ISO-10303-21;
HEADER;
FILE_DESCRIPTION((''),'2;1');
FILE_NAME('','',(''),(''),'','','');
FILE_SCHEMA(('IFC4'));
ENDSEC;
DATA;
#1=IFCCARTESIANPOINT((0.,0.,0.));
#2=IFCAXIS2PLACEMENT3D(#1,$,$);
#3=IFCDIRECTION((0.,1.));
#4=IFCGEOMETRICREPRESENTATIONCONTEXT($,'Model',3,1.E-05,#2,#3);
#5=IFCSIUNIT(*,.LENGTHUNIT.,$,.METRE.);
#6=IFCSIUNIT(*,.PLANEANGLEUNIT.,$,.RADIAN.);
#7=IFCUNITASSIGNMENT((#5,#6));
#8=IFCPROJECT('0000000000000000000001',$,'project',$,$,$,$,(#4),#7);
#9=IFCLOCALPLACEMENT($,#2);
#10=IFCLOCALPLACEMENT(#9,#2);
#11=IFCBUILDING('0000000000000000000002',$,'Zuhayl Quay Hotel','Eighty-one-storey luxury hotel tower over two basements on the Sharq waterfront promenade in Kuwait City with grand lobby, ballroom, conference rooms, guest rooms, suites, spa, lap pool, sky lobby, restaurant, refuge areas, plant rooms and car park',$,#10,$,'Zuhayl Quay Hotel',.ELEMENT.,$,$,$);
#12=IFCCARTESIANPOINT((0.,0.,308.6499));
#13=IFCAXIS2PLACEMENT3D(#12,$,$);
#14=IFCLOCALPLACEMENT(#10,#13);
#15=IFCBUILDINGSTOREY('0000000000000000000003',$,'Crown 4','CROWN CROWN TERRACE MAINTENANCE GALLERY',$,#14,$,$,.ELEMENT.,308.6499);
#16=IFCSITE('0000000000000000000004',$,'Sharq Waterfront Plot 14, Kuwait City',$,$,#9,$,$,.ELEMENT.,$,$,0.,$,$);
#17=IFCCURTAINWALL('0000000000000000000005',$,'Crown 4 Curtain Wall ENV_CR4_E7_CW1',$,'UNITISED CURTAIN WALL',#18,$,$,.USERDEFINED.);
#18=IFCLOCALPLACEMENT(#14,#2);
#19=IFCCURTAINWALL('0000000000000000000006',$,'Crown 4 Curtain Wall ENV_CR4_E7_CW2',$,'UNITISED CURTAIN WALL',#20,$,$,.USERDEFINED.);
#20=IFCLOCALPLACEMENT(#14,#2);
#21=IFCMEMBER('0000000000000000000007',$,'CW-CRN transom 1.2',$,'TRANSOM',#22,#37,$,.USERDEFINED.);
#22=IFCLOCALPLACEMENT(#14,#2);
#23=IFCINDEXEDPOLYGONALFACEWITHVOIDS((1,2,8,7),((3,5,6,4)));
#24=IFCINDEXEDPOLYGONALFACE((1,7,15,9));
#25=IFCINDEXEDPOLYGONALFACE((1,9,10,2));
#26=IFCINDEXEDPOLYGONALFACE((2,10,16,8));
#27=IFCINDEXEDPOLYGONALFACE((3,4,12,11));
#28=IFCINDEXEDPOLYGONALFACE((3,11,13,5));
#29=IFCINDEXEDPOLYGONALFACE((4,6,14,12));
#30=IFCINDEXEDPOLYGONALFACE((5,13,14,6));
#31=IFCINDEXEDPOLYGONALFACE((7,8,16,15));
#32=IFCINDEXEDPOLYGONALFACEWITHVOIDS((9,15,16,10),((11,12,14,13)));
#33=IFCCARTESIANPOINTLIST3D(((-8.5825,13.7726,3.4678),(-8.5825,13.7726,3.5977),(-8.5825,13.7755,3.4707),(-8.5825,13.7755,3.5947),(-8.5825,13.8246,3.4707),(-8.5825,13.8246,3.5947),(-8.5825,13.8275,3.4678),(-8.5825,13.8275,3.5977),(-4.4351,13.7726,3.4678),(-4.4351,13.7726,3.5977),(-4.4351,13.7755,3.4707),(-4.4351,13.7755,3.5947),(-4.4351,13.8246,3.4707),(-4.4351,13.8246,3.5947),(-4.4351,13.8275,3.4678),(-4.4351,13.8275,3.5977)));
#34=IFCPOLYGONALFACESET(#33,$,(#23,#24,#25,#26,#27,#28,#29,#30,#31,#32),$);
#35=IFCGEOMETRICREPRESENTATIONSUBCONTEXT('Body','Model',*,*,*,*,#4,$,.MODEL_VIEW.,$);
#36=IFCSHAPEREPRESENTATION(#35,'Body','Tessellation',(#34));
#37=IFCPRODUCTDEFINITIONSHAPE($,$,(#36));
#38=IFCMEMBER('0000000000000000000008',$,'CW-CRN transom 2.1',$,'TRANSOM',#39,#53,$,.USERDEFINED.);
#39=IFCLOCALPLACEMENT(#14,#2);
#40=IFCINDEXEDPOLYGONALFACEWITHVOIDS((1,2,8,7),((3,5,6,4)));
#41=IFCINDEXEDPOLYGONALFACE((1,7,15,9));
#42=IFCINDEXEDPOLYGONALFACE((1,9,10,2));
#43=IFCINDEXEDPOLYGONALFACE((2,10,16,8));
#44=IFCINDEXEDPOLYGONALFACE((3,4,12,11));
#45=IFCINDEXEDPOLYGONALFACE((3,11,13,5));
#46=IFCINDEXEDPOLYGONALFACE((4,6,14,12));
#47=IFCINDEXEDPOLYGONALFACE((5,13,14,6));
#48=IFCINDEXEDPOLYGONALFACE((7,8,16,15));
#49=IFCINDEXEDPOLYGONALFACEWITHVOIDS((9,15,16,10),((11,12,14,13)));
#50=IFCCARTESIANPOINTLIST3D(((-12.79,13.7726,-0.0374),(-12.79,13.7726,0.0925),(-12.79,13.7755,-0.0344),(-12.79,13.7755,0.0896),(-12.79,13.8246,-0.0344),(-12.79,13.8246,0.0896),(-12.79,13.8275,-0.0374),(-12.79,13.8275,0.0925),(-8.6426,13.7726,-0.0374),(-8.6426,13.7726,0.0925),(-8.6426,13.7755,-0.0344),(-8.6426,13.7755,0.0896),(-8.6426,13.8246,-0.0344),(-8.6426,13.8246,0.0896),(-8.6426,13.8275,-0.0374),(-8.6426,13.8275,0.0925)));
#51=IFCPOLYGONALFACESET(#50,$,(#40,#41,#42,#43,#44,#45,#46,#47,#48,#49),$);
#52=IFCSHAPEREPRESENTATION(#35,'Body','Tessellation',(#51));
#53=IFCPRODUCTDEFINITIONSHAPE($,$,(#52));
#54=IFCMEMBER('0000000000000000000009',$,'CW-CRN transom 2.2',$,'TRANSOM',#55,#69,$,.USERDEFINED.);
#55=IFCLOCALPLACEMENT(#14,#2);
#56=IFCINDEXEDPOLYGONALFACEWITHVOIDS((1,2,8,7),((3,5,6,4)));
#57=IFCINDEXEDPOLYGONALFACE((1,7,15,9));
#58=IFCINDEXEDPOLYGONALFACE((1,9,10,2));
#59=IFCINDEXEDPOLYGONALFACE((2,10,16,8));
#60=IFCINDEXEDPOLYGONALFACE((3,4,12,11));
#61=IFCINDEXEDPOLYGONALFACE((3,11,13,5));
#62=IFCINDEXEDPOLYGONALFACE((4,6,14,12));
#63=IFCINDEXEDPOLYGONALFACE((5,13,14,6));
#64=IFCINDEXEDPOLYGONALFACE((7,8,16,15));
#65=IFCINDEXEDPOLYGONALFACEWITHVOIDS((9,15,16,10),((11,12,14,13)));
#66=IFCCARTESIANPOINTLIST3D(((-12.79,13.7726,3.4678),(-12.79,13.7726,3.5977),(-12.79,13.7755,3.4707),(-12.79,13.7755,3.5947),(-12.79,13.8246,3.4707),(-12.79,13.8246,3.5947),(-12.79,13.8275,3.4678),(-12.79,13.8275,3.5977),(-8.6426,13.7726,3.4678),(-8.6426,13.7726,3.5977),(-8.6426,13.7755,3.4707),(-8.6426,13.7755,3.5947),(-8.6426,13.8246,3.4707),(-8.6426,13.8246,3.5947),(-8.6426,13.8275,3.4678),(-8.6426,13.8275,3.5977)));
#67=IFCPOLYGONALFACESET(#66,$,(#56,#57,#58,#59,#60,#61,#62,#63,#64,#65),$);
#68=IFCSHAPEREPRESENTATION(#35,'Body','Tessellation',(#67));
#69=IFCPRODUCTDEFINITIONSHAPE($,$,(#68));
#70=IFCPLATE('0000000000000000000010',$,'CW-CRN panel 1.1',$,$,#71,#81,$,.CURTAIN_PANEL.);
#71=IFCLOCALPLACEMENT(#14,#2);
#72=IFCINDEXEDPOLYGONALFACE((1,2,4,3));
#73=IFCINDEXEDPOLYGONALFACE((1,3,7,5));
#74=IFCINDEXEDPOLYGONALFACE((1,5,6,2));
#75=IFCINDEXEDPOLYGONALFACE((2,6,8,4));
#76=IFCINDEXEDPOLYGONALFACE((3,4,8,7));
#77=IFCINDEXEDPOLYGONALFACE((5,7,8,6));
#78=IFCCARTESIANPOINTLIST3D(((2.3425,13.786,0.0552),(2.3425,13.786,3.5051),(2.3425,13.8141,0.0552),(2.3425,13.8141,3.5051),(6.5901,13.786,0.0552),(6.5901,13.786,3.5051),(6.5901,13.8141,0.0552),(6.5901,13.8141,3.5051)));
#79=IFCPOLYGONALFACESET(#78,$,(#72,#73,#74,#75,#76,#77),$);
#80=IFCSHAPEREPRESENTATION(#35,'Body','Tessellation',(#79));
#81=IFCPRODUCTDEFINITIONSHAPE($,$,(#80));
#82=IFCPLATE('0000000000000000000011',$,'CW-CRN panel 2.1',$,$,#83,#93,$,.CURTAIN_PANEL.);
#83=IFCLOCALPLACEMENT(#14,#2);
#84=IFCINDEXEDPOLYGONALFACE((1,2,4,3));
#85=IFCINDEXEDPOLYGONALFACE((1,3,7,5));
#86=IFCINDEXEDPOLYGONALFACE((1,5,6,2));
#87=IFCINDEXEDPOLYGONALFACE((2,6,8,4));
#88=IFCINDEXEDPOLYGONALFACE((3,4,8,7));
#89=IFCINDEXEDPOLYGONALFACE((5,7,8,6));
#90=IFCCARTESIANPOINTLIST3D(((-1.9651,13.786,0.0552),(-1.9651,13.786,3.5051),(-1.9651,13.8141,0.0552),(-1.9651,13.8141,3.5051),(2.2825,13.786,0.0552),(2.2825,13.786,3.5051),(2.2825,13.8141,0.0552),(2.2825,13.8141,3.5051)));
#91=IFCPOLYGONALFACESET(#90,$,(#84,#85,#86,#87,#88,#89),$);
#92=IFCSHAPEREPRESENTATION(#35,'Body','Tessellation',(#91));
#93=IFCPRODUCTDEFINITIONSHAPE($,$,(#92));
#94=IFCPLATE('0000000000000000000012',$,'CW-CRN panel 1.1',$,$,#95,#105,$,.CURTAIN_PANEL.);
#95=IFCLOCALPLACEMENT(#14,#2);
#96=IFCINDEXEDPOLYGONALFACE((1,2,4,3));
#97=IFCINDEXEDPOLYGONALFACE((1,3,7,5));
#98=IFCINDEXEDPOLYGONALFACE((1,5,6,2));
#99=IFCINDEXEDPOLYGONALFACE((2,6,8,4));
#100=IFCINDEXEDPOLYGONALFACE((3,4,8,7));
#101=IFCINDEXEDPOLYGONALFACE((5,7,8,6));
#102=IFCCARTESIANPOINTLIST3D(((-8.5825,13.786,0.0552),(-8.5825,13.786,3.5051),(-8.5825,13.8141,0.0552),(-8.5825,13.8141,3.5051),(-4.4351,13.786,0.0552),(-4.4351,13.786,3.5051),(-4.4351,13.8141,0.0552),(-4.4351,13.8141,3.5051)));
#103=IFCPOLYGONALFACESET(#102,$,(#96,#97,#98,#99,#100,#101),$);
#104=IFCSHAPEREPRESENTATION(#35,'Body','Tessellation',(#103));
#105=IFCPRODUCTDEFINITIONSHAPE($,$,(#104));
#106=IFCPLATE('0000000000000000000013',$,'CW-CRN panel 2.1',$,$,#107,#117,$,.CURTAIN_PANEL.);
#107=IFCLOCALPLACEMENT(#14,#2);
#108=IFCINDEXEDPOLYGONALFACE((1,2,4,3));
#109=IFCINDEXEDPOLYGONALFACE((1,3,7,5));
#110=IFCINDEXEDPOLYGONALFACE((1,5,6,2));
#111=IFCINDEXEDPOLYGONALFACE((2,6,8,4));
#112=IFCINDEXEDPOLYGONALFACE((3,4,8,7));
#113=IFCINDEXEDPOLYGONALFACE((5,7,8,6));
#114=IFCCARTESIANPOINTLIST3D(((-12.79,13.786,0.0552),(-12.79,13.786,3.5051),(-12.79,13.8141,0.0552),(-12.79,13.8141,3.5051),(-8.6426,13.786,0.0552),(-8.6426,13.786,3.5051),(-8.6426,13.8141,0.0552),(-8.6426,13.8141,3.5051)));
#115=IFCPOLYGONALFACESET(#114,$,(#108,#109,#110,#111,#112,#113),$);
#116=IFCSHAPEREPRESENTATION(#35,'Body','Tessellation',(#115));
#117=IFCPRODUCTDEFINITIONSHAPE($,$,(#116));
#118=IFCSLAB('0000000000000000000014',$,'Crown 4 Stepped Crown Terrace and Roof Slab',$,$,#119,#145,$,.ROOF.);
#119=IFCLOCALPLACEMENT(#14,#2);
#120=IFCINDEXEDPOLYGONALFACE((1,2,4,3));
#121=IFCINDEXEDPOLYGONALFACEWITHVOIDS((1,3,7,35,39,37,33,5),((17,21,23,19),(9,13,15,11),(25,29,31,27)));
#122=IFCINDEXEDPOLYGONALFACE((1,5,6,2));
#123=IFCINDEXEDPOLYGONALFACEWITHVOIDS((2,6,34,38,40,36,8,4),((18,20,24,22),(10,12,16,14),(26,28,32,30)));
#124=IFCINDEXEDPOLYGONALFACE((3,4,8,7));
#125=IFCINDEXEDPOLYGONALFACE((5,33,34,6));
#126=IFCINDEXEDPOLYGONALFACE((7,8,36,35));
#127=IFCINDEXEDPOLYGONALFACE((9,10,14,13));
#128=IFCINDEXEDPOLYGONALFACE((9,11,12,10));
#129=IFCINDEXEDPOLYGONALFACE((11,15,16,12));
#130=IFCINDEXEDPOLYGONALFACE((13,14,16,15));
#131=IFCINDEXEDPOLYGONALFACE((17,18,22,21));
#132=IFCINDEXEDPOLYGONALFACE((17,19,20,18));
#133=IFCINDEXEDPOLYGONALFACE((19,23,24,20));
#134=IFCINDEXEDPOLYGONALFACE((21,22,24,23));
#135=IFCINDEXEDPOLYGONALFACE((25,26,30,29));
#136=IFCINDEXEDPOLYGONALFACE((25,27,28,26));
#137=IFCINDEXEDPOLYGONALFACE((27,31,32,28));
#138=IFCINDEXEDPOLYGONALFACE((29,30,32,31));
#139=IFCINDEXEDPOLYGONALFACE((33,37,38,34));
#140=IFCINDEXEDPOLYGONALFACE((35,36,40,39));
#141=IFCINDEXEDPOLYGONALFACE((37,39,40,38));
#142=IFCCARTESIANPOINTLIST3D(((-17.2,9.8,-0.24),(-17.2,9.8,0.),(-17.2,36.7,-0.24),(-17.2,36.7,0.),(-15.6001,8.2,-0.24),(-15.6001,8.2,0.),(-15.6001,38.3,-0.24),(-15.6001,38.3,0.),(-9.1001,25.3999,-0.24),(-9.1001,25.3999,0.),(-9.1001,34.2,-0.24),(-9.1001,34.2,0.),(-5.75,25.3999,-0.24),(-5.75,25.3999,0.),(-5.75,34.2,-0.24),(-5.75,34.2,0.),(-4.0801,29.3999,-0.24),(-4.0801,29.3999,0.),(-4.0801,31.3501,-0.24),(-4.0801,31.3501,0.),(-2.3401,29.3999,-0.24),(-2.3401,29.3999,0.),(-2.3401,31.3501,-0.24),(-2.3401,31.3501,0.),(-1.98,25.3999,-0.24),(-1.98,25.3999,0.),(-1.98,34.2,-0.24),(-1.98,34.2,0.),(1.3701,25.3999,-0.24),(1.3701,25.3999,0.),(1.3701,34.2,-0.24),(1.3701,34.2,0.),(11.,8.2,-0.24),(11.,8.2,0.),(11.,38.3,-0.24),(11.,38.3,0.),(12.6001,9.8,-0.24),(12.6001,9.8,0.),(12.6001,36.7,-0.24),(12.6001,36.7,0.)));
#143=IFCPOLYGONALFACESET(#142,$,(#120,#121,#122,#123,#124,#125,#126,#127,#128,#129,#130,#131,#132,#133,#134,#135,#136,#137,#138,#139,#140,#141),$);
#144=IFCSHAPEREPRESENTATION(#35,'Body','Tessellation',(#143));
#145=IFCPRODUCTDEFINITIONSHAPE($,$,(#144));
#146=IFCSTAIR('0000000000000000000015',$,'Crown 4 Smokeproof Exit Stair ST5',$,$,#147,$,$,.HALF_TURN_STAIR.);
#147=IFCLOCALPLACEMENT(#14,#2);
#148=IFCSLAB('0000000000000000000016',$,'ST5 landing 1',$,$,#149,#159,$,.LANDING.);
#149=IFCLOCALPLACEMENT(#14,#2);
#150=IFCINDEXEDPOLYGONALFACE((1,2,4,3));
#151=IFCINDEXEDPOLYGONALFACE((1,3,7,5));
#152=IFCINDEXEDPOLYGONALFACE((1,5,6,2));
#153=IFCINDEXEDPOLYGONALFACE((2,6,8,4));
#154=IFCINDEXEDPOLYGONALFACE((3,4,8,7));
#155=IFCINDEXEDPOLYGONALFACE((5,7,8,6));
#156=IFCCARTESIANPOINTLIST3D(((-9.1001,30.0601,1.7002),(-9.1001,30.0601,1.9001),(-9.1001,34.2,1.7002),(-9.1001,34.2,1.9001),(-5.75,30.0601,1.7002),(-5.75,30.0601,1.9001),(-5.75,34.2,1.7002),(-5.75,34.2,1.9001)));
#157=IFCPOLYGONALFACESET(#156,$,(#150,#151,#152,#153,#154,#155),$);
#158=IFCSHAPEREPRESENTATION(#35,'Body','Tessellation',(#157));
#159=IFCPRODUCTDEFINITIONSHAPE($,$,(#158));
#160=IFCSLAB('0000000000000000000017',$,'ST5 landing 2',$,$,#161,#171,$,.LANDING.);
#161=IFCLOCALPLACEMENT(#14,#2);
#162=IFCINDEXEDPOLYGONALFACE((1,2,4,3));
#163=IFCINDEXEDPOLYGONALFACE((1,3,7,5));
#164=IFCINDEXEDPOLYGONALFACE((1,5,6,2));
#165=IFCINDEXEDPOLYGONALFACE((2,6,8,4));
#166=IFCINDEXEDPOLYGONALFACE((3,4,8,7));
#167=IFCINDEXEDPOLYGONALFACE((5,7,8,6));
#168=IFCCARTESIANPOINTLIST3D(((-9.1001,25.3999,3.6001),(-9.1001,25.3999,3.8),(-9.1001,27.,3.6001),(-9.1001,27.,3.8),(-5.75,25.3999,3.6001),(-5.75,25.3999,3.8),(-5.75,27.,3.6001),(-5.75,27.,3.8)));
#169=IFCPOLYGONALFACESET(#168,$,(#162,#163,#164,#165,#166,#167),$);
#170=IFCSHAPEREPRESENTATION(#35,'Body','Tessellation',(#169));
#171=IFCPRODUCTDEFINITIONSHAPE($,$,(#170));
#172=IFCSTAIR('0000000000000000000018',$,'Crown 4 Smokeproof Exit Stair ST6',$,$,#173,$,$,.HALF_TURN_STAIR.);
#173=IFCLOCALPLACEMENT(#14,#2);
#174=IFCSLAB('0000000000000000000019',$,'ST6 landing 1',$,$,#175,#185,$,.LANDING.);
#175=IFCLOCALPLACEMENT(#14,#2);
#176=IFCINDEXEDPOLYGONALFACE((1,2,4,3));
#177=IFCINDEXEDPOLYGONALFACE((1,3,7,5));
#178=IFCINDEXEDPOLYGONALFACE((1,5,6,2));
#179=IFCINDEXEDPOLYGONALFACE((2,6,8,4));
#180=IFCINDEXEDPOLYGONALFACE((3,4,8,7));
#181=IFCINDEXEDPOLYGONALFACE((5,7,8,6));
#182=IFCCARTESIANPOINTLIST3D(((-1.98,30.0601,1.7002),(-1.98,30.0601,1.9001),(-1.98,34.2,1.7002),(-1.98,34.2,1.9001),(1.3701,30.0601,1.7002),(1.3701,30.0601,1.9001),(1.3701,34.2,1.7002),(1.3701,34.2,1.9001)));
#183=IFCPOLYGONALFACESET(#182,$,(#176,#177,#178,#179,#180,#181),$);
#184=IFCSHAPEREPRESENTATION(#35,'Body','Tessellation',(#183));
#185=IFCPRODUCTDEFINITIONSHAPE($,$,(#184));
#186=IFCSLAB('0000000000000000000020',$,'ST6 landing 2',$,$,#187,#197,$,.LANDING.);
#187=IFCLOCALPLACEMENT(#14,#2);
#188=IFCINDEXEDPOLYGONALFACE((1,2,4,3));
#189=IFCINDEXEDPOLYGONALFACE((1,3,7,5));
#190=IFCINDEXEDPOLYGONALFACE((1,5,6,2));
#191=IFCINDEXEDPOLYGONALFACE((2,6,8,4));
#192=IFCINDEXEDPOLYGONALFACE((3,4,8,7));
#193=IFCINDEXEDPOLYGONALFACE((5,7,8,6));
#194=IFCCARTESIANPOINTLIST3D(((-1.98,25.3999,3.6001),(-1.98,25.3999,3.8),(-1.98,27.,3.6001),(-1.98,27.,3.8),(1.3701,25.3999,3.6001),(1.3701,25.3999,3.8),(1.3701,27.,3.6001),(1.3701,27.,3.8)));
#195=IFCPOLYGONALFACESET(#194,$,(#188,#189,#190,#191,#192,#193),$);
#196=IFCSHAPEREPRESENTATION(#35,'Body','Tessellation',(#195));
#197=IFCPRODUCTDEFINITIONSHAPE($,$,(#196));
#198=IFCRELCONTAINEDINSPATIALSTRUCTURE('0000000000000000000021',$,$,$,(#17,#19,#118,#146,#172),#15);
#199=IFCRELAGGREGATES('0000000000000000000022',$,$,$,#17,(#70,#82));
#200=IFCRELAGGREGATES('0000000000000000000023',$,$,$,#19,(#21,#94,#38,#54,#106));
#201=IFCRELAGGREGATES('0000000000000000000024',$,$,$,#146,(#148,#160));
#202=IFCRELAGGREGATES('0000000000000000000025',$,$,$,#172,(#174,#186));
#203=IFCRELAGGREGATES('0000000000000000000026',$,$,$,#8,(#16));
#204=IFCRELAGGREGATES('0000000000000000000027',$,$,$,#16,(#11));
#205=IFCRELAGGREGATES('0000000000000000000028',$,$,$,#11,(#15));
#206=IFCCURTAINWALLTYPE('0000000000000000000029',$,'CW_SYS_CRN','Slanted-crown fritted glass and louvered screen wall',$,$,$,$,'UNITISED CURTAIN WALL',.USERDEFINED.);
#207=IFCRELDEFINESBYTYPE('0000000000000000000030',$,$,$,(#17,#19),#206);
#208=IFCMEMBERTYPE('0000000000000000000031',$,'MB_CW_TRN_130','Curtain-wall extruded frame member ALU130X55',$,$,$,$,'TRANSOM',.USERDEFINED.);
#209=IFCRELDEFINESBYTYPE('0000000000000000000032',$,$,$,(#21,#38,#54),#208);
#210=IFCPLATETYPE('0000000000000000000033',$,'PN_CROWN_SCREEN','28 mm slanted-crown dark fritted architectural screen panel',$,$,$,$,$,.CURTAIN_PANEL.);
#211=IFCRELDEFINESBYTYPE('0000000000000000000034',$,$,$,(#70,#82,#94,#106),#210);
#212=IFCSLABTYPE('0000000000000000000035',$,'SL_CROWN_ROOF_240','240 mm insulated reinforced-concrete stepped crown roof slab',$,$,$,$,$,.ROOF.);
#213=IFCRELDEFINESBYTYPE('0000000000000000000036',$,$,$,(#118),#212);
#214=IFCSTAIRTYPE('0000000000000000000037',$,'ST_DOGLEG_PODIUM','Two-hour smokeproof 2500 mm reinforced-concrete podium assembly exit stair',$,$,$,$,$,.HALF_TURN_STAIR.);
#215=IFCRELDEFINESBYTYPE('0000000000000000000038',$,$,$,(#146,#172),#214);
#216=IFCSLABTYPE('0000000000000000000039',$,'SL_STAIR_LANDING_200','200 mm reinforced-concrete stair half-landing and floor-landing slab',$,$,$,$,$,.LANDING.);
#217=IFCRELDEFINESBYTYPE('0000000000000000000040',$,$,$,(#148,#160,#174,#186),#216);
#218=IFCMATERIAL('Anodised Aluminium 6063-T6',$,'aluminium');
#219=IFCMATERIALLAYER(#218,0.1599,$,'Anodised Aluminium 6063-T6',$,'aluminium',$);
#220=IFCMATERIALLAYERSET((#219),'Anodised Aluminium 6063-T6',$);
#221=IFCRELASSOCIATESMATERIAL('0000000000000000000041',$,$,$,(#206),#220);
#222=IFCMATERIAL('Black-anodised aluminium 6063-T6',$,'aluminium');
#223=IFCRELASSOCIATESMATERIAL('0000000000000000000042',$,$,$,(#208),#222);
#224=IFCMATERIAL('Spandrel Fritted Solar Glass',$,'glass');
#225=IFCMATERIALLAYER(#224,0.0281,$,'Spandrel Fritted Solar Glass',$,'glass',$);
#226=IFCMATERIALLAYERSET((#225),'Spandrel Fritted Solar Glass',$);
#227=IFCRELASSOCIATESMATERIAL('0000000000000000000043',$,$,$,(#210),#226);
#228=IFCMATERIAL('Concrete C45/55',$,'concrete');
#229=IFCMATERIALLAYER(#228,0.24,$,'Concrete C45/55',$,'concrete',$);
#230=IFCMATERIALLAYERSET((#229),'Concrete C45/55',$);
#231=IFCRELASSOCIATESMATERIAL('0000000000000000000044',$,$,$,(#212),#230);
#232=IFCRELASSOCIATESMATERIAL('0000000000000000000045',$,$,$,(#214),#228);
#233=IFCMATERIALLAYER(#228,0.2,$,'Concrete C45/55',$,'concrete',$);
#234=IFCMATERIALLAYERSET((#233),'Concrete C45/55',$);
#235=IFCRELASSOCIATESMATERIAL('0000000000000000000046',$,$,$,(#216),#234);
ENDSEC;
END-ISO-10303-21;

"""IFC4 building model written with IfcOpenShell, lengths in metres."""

from ifc_helpers import new_model, si_unit, direction, frame, origin, origin_2d, place, context, subcontext, project, spatial, polyline, rectangle, hollow_rectangle, outline, extrude, material, layer, layer_set, material_profile, profile_set, type_object, element, aggregate, save


model = new_model("IFC4")

# Units and contexts
model_context = context("Model", 3, precision=1e-05, world=origin(), true_north=direction((0.0, 1.0)))
body_context = subcontext(model_context, "Body", "Model", "MODEL_VIEW")
ifc_project = project(units=[si_unit("LENGTHUNIT", "METRE"), si_unit("PLANEANGLEUNIT", "RADIAN")], contexts=[model_context])

# Site, building, storey
site_placement = place(None, origin())
site = spatial("IfcSite", under=ifc_project, at=site_placement, Name="Sharq Waterfront Plot 14, Kuwait City", CompositionType="ELEMENT", RefElevation=0.0)
building_placement = place(site_placement, origin())
building = spatial("IfcBuilding", under=site, at=building_placement, Name="Zuhayl Quay Hotel", Description="Eighty-one-storey luxury hotel tower over two basements on the Sharq waterfront promenade in Kuwait City with grand lobby, ballroom, conference rooms, guest rooms, suites, spa, lap pool, sky lobby, restaurant, refuge areas, plant rooms and car park", LongName="Zuhayl Quay Hotel", CompositionType="ELEMENT")
storey_placement = place(building_placement, frame((0.0, 0.0, 308.6499)))
storey = spatial("IfcBuildingStorey", under=building, at=storey_placement, Name="Crown 4", Description="CROWN CROWN TERRACE MAINTENANCE GALLERY", CompositionType="ELEMENT", Elevation=308.6499)

# Curtain walls
ifc_material_1 = material(Name="Anodised Aluminium 6063-T6", Category="aluminium")
ifc_layer_1 = layer(ifc_material_1, 0.1599, Name="Anodised Aluminium 6063-T6", Category="aluminium")
ifc_layer_set_1 = layer_set([ifc_layer_1], Name="Anodised Aluminium 6063-T6")
curtain_wall_type = type_object("IfcCurtainWallType", Name="CW_SYS_CRN", Description="Slanted-crown fritted glass and louvered screen wall", ElementType="UNITISED CURTAIN WALL", PredefinedType="USERDEFINED", material=ifc_layer_set_1)
curtain_wall_1_placement = place(storey_placement, origin())
curtain_wall_1 = element("IfcCurtainWall", 1, at=curtain_wall_1_placement, inside=storey, type_object=curtain_wall_type, Name="Crown 4 Curtain Wall ENV_CR4_E7_CW1", ObjectType="UNITISED CURTAIN WALL", PredefinedType="USERDEFINED")
ifc_material_2 = material(Name="Black-anodised aluminium 6063-T6", Category="aluminium")
curtain_wall_2_placement = place(storey_placement, origin())
curtain_wall_2 = element("IfcCurtainWall", 2, at=curtain_wall_2_placement, inside=storey, type_object=curtain_wall_type, Name="Crown 4 Curtain Wall ENV_CR4_E7_CW2", ObjectType="UNITISED CURTAIN WALL", PredefinedType="USERDEFINED")

# Members
ifc_material_profile_1 = material_profile(ifc_material_2, hollow_rectangle(XDim=0.0549, YDim=0.1299, WallThickness=0.0029, at=origin_2d()), Name="ALU130X55")
ifc_profile_set_1 = profile_set([ifc_material_profile_1], Name="Black-anodised aluminium 6063-T6")
member_type_1 = type_object("IfcMemberType", Name="MB_CW_TRN_130", Description="Curtain-wall extruded frame member ALU130X55", ElementType="TRANSOM", PredefinedType="USERDEFINED", material=ifc_profile_set_1)
member_1_placement = place(storey_placement, frame((-4.4351, 13.8, 3.5327), z_axis=(-1.0, 0.0, 0.0), x_axis=(0.0, -1.0, 0.0)))
member_1 = element("IfcMember", 3, at=member_1_placement, type_object=member_type_1, Name="CW-CRN transom 1.2", ObjectType="TRANSOM", PredefinedType="USERDEFINED", context=body_context, shape_type="SweptSolid", body=[
    extrude(hollow_rectangle(XDim=0.0549, YDim=0.1299, WallThickness=0.0029, at=origin_2d()), origin(), (0.0, 0.0, 1.0), 4.1475),
])
member_2_placement = place(storey_placement, frame((-8.6426, 13.8, 0.0276), z_axis=(-1.0, 0.0, 0.0), x_axis=(0.0, -1.0, 0.0)))
member_2 = element("IfcMember", 4, at=member_2_placement, type_object=member_type_1, Name="CW-CRN transom 2.1", ObjectType="TRANSOM", PredefinedType="USERDEFINED", context=body_context, shape_type="SweptSolid", body=[
    extrude(hollow_rectangle(XDim=0.0549, YDim=0.1299, WallThickness=0.0029, at=origin_2d()), origin(), (0.0, 0.0, 1.0), 4.1475),
])
member_3_placement = place(storey_placement, frame((-8.6426, 13.8, 3.5327), z_axis=(-1.0, 0.0, 0.0), x_axis=(0.0, -1.0, 0.0)))
member_3 = element("IfcMember", 5, at=member_3_placement, type_object=member_type_1, Name="CW-CRN transom 2.2", ObjectType="TRANSOM", PredefinedType="USERDEFINED", context=body_context, shape_type="SweptSolid", body=[
    extrude(hollow_rectangle(XDim=0.0549, YDim=0.1299, WallThickness=0.0029, at=origin_2d()), origin(), (0.0, 0.0, 1.0), 4.1475),
])

# Plates
ifc_material_3 = material(Name="Spandrel Fritted Solar Glass", Category="glass")
ifc_layer_2 = layer(ifc_material_3, 0.0281, Name="Spandrel Fritted Solar Glass", Category="glass")
ifc_layer_set_2 = layer_set([ifc_layer_2], Name="Spandrel Fritted Solar Glass")
plate_type = type_object("IfcPlateType", Name="PN_CROWN_SCREEN", Description="28 mm slanted-crown dark fritted architectural screen panel", PredefinedType="CURTAIN_PANEL", material=ifc_layer_set_2)
plate_1_placement = place(storey_placement, frame((4.4663, 13.8, 0.0552), z_axis=(0.0, 0.0, 1.0), x_axis=(-1.0, 0.0, 0.0)))
plate_1 = element("IfcPlate", 6, at=plate_1_placement, type_object=plate_type, Name="CW-CRN panel 1.1", PredefinedType="CURTAIN_PANEL", context=body_context, shape_type="SweptSolid", body=[
    extrude(rectangle(XDim=4.2476, YDim=0.0281, at=origin_2d()), origin(), (0.0, 0.0, 1.0), 3.45),
])
plate_2_placement = place(storey_placement, frame((0.1587, 13.8, 0.0552), z_axis=(0.0, 0.0, 1.0), x_axis=(-1.0, 0.0, 0.0)))
plate_2 = element("IfcPlate", 7, at=plate_2_placement, type_object=plate_type, Name="CW-CRN panel 2.1", PredefinedType="CURTAIN_PANEL", context=body_context, shape_type="SweptSolid", body=[
    extrude(rectangle(XDim=4.2476, YDim=0.0281, at=origin_2d()), origin(), (0.0, 0.0, 1.0), 3.45),
])
aggregate(curtain_wall_1, [plate_1, plate_2])
plate_3_placement = place(storey_placement, frame((-6.5088, 13.8, 0.0552), z_axis=(0.0, 0.0, 1.0), x_axis=(-1.0, 0.0, 0.0)))
plate_3 = element("IfcPlate", 8, at=plate_3_placement, type_object=plate_type, Name="CW-CRN panel 1.1", PredefinedType="CURTAIN_PANEL", context=body_context, shape_type="SweptSolid", body=[
    extrude(rectangle(XDim=4.1475, YDim=0.0281, at=origin_2d()), origin(), (0.0, 0.0, 1.0), 3.45),
])
plate_4_placement = place(storey_placement, frame((-10.7163, 13.8, 0.0552), z_axis=(0.0, 0.0, 1.0), x_axis=(-1.0, 0.0, 0.0)))
plate_4 = element("IfcPlate", 9, at=plate_4_placement, type_object=plate_type, Name="CW-CRN panel 2.1", PredefinedType="CURTAIN_PANEL", context=body_context, shape_type="SweptSolid", body=[
    extrude(rectangle(XDim=4.1475, YDim=0.0281, at=origin_2d()), origin(), (0.0, 0.0, 1.0), 3.45),
])
aggregate(curtain_wall_2, [member_1, plate_3, member_2, member_3, plate_4])

# Slab
ifc_material_4 = material(Name="Concrete C45/55", Category="concrete")
ifc_layer_3 = layer(ifc_material_4, 0.24, Name="Concrete C45/55", Category="concrete")
ifc_layer_set_3 = layer_set([ifc_layer_3], Name="Concrete C45/55")
slab_type_1 = type_object("IfcSlabType", Name="SL_CROWN_ROOF_240", Description="240 mm insulated reinforced-concrete stepped crown roof slab", PredefinedType="ROOF", material=ifc_layer_set_3)
slab_1_placement = place(storey_placement, frame((0.0, 0.0, -0.24)))
element("IfcSlab", 10, at=slab_1_placement, inside=storey, type_object=slab_type_1, Name="Crown 4 Stepped Crown Terrace and Roof Slab", PredefinedType="ROOF", context=body_context, shape_type="SweptSolid", body=[
    extrude(outline(polyline([(-15.6001, 8.2), (11.0, 8.2), (12.6001, 9.8), (12.6001, 36.7), (11.0, 38.3), (-15.6001, 38.3), (-17.2, 36.7), (-17.2, 9.8), (-15.6001, 8.2)]), holes=[polyline([(-5.75, 25.3999), (-5.75, 34.2), (-9.1001, 34.2), (-9.1001, 25.3999), (-5.75, 25.3999)]), polyline([(1.3701, 25.3999), (1.3701, 34.2), (-1.98, 34.2), (-1.98, 25.3999), (1.3701, 25.3999)]), polyline([(-4.0801, 29.3999), (-2.3401, 29.3999), (-2.3401, 31.3501), (-4.0801, 31.3501), (-4.0801, 29.3999)])]), origin(), (0.0, 0.0, 1.0), 0.24),
])

# Stairs, slabs
stair_type = type_object("IfcStairType", Name="ST_DOGLEG_PODIUM", Description="Two-hour smokeproof 2500 mm reinforced-concrete podium assembly exit stair", PredefinedType="HALF_TURN_STAIR", material=ifc_material_4)
stair_1_placement = place(storey_placement, origin())
stair_1 = element("IfcStair", 11, at=stair_1_placement, inside=storey, type_object=stair_type, Name="Crown 4 Smokeproof Exit Stair ST5", PredefinedType="HALF_TURN_STAIR")
ifc_layer_4 = layer(ifc_material_4, 0.2, Name="Concrete C45/55", Category="concrete")
ifc_layer_set_4 = layer_set([ifc_layer_4], Name="Concrete C45/55")
slab_type_2 = type_object("IfcSlabType", Name="SL_STAIR_LANDING_200", Description="200 mm reinforced-concrete stair half-landing and floor-landing slab", PredefinedType="LANDING", material=ifc_layer_set_4)
slab_2_placement = place(storey_placement, frame((0.0, 0.0, 1.7002)))
slab_2 = element("IfcSlab", 12, at=slab_2_placement, type_object=slab_type_2, Name="ST5 landing 1", PredefinedType="LANDING", context=body_context, shape_type="SweptSolid", body=[
    extrude(outline(polyline([(-5.75, 30.0601), (-5.75, 34.2), (-9.1001, 34.2), (-9.1001, 30.0601), (-5.75, 30.0601)])), origin(), (0.0, 0.0, 1.0), 0.2),
])
slab_3_placement = place(storey_placement, frame((0.0, 0.0, 3.6001)))
slab_3 = element("IfcSlab", 13, at=slab_3_placement, type_object=slab_type_2, Name="ST5 landing 2", PredefinedType="LANDING", context=body_context, shape_type="SweptSolid", body=[
    extrude(outline(polyline([(-5.75, 25.3999), (-5.75, 27.0), (-9.1001, 27.0), (-9.1001, 25.3999), (-5.75, 25.3999)])), origin(), (0.0, 0.0, 1.0), 0.2),
])
aggregate(stair_1, [slab_2, slab_3])
stair_2_placement = place(storey_placement, origin())
stair_2 = element("IfcStair", 14, at=stair_2_placement, inside=storey, type_object=stair_type, Name="Crown 4 Smokeproof Exit Stair ST6", PredefinedType="HALF_TURN_STAIR")
slab_4_placement = place(storey_placement, frame((0.0, 0.0, 1.7002)))
slab_4 = element("IfcSlab", 15, at=slab_4_placement, type_object=slab_type_2, Name="ST6 landing 1", PredefinedType="LANDING", context=body_context, shape_type="SweptSolid", body=[
    extrude(outline(polyline([(1.3701, 30.0601), (1.3701, 34.2), (-1.98, 34.2), (-1.98, 30.0601), (1.3701, 30.0601)])), origin(), (0.0, 0.0, 1.0), 0.2),
])
slab_5_placement = place(storey_placement, frame((0.0, 0.0, 3.6001)))
slab_5 = element("IfcSlab", 16, at=slab_5_placement, type_object=slab_type_2, Name="ST6 landing 2", PredefinedType="LANDING", context=body_context, shape_type="SweptSolid", body=[
    extrude(outline(polyline([(1.3701, 25.3999), (1.3701, 27.0), (-1.98, 27.0), (-1.98, 25.3999), (1.3701, 25.3999)])), origin(), (0.0, 0.0, 1.0), 0.2),
])
aggregate(stair_2, [slab_4, slab_5])

save(model, "model.ifc")
